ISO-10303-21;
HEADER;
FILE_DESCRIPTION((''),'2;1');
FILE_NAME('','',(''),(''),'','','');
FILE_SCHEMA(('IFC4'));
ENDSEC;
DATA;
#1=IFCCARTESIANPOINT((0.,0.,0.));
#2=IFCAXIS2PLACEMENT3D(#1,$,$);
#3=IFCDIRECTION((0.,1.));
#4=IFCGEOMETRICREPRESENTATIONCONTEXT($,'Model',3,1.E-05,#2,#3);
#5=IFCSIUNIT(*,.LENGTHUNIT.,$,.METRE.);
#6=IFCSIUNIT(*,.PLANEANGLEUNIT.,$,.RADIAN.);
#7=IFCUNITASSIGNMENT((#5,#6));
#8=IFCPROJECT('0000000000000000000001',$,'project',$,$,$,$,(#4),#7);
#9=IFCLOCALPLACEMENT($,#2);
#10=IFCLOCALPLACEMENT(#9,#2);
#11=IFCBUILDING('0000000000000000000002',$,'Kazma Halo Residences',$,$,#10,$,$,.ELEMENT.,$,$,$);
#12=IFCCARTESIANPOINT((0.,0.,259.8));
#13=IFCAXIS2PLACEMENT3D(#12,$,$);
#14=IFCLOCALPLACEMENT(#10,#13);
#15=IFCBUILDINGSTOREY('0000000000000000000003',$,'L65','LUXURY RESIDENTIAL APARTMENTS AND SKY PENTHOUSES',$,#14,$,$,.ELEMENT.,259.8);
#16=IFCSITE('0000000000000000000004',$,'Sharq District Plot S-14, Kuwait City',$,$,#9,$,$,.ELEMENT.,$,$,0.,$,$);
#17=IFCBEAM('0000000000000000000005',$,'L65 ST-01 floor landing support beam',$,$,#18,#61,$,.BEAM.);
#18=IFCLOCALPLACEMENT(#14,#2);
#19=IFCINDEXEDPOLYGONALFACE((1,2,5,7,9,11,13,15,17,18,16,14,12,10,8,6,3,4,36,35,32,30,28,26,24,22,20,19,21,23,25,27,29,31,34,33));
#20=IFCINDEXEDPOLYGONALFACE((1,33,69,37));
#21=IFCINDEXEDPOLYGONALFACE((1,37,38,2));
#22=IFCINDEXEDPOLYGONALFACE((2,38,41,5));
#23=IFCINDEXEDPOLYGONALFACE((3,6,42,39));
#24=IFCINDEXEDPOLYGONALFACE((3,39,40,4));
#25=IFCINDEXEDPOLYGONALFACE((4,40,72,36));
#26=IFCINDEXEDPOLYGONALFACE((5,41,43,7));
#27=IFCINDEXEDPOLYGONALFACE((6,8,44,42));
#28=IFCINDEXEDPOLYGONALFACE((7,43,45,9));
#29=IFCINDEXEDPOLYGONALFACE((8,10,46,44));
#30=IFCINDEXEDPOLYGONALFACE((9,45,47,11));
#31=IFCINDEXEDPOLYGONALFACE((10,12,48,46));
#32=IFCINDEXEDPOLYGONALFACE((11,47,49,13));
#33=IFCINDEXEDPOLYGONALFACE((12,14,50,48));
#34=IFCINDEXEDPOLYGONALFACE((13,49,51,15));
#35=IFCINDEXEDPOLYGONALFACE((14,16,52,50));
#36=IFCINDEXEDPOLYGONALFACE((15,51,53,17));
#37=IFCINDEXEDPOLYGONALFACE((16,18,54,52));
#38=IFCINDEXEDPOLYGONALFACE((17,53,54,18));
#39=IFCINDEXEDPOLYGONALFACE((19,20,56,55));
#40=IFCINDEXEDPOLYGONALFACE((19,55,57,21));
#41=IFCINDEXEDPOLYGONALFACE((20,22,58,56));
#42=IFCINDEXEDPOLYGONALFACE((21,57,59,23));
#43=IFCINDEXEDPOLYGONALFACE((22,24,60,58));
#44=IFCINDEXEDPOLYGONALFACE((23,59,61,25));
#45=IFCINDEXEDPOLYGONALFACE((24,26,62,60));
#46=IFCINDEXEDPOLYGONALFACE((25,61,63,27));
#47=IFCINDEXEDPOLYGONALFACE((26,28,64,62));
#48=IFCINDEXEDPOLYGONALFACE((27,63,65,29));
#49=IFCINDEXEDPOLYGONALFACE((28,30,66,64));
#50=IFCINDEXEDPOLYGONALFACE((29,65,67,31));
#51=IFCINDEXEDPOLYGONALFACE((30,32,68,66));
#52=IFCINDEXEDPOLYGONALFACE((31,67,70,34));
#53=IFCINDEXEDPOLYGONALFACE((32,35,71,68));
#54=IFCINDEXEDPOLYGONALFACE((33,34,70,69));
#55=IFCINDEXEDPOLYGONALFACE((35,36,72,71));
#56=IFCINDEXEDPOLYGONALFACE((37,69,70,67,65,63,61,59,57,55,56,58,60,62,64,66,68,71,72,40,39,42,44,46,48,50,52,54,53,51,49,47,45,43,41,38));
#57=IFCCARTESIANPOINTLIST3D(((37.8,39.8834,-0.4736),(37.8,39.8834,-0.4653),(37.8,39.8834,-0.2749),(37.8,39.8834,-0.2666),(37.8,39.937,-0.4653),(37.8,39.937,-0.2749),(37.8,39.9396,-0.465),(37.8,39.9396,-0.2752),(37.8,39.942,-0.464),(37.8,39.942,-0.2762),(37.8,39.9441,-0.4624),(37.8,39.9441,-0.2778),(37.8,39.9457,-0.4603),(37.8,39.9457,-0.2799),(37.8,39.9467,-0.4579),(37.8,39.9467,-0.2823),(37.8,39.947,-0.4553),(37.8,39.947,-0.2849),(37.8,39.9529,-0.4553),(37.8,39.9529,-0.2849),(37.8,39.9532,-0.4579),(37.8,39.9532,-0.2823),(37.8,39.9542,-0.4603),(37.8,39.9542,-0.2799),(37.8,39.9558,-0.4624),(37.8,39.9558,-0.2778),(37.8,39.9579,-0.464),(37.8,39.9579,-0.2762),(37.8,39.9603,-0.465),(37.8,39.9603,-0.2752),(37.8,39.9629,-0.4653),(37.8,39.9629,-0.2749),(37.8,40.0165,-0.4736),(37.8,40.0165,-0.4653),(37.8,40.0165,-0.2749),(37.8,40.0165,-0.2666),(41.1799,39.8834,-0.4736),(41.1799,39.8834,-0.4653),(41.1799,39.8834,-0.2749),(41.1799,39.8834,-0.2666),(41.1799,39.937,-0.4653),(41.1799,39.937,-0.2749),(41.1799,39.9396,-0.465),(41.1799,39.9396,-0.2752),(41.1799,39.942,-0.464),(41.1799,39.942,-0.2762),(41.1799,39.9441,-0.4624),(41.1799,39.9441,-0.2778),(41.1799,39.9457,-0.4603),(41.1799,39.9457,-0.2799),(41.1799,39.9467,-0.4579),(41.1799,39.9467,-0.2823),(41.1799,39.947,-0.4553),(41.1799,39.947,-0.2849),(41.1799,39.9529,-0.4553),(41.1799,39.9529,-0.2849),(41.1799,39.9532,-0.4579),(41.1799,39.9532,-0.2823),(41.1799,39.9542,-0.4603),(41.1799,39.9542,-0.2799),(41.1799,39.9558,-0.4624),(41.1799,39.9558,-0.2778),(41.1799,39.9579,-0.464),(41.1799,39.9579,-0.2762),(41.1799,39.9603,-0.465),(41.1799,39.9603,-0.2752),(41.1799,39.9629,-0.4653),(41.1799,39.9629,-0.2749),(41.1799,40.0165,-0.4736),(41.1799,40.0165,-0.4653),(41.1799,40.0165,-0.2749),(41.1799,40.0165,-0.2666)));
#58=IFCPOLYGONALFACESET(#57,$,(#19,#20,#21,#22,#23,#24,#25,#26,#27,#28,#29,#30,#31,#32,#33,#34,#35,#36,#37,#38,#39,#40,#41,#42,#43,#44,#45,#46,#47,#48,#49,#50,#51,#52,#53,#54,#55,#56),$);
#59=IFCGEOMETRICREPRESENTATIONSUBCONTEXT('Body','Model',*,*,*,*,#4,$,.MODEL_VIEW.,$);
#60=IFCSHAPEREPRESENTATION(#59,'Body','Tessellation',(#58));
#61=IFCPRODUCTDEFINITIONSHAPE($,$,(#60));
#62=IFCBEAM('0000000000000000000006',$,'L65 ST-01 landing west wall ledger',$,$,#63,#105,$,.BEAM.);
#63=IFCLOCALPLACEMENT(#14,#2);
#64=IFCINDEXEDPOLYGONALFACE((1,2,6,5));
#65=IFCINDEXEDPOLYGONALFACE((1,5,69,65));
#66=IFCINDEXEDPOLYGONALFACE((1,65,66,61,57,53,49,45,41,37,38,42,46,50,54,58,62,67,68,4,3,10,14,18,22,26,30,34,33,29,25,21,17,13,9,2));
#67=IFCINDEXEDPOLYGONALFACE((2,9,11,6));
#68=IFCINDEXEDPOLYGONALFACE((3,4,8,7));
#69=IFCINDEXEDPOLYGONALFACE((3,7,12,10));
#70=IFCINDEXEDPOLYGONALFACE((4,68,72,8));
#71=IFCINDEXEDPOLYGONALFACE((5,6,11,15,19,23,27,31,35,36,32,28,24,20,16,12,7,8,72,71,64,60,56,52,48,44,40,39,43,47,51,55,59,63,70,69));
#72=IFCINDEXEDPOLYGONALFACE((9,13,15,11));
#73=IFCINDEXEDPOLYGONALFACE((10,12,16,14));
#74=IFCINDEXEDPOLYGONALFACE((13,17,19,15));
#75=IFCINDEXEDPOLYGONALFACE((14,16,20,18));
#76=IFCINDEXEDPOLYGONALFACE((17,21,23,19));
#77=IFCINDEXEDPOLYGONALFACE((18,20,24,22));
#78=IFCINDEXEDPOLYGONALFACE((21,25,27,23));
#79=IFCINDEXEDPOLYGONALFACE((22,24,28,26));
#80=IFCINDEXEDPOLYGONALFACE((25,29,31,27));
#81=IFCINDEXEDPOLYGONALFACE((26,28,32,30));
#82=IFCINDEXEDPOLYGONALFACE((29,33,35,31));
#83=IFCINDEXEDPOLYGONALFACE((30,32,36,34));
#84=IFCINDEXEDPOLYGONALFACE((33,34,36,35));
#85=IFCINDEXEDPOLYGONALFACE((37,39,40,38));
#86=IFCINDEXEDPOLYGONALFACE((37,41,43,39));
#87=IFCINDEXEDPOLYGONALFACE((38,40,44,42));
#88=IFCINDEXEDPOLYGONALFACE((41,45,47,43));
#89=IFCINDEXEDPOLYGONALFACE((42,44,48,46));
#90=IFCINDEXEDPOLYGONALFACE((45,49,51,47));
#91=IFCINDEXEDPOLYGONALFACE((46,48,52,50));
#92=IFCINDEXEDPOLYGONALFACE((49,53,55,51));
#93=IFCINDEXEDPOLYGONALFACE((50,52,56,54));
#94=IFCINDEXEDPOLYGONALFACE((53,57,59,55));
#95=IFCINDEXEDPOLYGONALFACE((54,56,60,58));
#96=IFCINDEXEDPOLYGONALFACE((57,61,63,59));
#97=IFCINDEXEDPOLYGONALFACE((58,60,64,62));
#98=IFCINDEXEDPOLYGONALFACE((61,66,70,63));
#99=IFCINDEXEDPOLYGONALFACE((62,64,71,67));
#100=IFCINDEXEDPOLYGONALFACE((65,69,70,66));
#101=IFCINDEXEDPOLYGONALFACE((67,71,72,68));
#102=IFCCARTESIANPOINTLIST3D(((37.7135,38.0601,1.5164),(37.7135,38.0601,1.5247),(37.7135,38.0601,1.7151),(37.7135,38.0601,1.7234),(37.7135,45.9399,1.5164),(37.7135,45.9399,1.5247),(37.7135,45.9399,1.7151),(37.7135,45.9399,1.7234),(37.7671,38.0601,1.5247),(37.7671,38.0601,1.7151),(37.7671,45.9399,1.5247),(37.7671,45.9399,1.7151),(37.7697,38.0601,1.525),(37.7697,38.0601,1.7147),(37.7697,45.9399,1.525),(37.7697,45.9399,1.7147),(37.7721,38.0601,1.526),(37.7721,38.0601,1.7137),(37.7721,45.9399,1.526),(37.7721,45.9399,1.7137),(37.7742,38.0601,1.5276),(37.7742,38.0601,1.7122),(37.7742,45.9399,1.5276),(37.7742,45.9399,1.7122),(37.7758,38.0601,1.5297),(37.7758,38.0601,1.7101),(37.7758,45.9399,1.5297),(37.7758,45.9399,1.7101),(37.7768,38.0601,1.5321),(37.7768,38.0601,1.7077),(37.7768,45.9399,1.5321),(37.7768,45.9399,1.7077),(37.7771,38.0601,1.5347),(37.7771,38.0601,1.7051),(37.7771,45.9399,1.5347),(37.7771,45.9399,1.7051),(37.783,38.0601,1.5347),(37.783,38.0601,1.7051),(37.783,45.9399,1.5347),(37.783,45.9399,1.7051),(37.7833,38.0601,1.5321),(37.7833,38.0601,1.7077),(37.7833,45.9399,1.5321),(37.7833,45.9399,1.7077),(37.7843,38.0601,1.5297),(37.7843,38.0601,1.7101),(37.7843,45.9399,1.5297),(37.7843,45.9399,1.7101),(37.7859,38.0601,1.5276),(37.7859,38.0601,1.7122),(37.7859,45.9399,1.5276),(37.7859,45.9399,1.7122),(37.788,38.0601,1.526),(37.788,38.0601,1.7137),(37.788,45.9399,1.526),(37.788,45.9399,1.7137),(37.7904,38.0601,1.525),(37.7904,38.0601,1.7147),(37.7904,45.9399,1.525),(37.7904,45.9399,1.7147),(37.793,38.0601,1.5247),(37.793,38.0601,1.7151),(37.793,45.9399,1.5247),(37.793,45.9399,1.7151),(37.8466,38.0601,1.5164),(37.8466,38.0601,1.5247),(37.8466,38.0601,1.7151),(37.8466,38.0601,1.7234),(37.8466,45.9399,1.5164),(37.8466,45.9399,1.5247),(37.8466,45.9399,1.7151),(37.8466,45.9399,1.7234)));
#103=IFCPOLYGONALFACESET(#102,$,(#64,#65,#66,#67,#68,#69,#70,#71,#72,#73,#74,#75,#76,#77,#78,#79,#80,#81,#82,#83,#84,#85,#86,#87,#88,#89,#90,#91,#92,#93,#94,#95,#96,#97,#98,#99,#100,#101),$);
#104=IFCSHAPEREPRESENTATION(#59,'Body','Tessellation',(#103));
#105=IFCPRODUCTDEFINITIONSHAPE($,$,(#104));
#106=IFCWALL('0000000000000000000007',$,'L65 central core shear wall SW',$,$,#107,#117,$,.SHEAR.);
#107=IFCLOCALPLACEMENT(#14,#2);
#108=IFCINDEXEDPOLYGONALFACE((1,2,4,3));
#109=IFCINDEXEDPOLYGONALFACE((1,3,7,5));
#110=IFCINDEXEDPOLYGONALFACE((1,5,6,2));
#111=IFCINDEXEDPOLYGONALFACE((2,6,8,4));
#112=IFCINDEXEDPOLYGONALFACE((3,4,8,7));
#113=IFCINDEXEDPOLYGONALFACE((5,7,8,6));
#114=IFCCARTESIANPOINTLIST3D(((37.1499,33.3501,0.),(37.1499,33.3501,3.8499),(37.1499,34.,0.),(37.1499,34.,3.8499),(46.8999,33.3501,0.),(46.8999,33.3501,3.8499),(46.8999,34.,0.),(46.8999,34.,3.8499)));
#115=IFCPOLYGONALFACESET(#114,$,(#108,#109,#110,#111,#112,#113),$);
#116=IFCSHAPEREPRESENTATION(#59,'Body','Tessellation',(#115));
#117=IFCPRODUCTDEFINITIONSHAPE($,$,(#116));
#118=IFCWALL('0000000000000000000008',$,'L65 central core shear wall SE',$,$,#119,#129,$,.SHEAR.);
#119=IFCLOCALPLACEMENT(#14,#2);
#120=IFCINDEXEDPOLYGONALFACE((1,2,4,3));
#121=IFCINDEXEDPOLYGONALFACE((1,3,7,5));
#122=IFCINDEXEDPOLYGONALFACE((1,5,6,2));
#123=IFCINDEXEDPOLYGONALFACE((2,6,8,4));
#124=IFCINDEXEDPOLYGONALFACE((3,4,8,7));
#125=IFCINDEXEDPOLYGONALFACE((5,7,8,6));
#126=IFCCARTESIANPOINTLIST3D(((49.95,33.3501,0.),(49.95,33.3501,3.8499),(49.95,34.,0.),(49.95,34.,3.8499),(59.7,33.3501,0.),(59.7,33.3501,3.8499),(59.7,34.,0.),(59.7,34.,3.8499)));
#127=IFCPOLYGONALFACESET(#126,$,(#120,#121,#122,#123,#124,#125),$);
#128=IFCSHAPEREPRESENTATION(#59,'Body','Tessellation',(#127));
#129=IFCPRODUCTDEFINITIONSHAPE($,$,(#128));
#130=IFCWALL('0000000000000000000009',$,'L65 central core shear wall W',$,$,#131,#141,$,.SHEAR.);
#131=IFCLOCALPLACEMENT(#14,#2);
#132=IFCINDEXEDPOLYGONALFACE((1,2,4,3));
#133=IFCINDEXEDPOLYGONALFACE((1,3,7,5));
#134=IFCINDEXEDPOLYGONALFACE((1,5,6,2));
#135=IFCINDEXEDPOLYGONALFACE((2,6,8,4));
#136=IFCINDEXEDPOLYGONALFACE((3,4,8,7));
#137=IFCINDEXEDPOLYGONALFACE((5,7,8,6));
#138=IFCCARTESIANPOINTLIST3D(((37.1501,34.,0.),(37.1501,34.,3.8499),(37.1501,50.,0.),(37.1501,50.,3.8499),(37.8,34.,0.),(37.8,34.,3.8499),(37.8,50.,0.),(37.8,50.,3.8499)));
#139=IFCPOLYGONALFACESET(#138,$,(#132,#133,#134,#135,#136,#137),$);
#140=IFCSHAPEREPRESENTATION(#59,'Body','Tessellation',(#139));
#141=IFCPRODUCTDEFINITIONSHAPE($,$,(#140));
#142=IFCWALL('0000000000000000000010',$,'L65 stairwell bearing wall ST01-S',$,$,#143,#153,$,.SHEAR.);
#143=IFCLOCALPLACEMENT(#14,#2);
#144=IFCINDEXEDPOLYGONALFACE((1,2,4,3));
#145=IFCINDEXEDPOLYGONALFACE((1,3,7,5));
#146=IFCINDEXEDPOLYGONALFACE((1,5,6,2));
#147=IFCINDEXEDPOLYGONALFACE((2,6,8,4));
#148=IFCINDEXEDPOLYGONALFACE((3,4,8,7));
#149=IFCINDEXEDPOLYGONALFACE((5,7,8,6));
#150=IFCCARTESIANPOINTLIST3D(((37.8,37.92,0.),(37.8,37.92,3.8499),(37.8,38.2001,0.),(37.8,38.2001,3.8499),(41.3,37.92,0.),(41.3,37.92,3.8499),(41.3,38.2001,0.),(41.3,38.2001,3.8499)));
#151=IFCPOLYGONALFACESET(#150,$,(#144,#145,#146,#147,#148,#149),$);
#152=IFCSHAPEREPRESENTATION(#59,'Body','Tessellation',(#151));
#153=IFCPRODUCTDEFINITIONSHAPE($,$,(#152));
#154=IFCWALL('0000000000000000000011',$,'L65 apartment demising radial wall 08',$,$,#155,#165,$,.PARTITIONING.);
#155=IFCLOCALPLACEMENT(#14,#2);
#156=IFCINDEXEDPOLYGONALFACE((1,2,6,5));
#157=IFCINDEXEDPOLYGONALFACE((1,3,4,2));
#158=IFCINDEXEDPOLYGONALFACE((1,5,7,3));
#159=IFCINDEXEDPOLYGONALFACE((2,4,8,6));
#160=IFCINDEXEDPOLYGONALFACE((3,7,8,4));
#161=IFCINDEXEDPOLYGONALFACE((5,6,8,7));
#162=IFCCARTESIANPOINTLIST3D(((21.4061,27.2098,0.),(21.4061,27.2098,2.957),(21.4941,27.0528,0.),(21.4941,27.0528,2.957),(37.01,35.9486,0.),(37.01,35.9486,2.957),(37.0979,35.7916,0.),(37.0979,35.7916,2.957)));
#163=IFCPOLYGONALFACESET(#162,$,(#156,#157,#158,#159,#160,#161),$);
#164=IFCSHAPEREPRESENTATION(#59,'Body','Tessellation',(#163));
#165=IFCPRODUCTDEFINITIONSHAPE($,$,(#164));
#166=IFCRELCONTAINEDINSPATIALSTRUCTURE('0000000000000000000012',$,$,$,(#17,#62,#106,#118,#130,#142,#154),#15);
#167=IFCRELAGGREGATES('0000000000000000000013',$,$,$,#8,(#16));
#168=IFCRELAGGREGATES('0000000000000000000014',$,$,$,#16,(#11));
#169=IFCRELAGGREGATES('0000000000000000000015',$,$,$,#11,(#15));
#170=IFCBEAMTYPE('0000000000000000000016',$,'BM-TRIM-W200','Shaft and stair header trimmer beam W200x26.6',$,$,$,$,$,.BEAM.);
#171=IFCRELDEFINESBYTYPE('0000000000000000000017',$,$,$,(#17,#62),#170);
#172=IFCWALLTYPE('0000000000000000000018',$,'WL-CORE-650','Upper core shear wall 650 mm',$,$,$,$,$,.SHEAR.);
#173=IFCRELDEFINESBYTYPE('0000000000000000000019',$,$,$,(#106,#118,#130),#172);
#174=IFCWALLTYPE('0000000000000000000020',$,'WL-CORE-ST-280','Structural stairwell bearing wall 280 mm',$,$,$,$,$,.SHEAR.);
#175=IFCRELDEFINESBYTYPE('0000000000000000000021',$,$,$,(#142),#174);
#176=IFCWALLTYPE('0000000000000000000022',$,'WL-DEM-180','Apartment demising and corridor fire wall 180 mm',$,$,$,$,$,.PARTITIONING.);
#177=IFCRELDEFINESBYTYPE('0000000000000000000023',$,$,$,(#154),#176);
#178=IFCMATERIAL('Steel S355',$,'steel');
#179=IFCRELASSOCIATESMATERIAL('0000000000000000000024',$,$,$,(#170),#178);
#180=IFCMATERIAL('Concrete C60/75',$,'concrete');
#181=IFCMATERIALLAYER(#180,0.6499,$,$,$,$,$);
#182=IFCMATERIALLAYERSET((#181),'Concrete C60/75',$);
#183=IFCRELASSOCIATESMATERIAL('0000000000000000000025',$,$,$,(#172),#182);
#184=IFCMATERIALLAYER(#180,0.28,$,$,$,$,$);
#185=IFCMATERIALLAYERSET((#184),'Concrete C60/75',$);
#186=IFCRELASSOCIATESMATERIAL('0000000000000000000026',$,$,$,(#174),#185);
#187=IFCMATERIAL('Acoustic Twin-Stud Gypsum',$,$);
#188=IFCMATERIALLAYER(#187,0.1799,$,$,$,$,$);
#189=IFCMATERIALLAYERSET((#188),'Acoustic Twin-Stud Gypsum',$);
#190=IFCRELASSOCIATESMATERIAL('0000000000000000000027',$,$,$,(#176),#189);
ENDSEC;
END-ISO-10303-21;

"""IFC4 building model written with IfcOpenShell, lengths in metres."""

from ifc_helpers import new_model, si_unit, direction, frame, frame_2d, origin, origin_2d, place, context, subcontext, project, spatial, rectangle, i_section, extrude, material, layer, layer_set, material_profile, profile_set, type_object, element, save


model = new_model("IFC4")

# Units and contexts
model_context = context("Model", 3, precision=1e-05, world=origin(), true_north=direction((0.0, 1.0)))
body_context = subcontext(model_context, "Body", "Model", "MODEL_VIEW")
ifc_project = project(units=[si_unit("LENGTHUNIT", "METRE"), si_unit("PLANEANGLEUNIT", "RADIAN")], contexts=[model_context])

# Site, building, storey
site_placement = place(None, origin())
site = spatial("IfcSite", under=ifc_project, at=site_placement, Name="Sharq District Plot S-14, Kuwait City", CompositionType="ELEMENT", RefElevation=0.0)
building_placement = place(site_placement, origin())
building = spatial("IfcBuilding", under=site, at=building_placement, Name="Kazma Halo Residences", CompositionType="ELEMENT")
storey_placement = place(building_placement, frame((0.0, 0.0, 259.8)))
storey = spatial("IfcBuildingStorey", under=building, at=storey_placement, Name="L65", Description="LUXURY RESIDENTIAL APARTMENTS AND SKY PENTHOUSES", CompositionType="ELEMENT", Elevation=259.8)

# Beams
ifc_material_1 = material(Name="Steel S355", Category="steel")
ifc_material_profile_1 = material_profile(ifc_material_1, i_section(OverallWidth=0.1331, OverallDepth=0.207, WebThickness=0.0059, FlangeThickness=0.0083, FilletRadius=0.01, at=origin_2d()), Name="W200x26.6")
ifc_profile_set_1 = profile_set([ifc_material_profile_1], Name="Steel S355")
beam_type_1 = type_object("IfcBeamType", Name="BM-TRIM-W200", Description="Shaft and stair header trimmer beam W200x26.6", PredefinedType="BEAM", material=ifc_profile_set_1)
beam_1_placement = place(storey_placement, frame((37.8, 39.95, -0.3701), z_axis=(1.0, 0.0, 0.0), x_axis=(0.0, 1.0, 0.0)))
element("IfcBeam", 1, at=beam_1_placement, inside=storey, type_object=beam_type_1, Name="L65 ST-01 floor landing support beam", PredefinedType="BEAM", context=body_context, shape_type="SweptSolid", body=[
    extrude(i_section(OverallWidth=0.1331, OverallDepth=0.207, WebThickness=0.0059, FlangeThickness=0.0083, FilletRadius=0.01, at=origin_2d()), origin(), (0.0, 0.0, 1.0), 3.3799),
])
beam_2_placement = place(storey_placement, frame((37.78, 38.0601, 1.6199), z_axis=(0.0, 1.0, 0.0), x_axis=(-1.0, 0.0, 0.0)))
element("IfcBeam", 2, at=beam_2_placement, inside=storey, type_object=beam_type_1, Name="L65 ST-01 landing west wall ledger", PredefinedType="BEAM", context=body_context, shape_type="SweptSolid", body=[
    extrude(i_section(OverallWidth=0.1331, OverallDepth=0.207, WebThickness=0.0059, FlangeThickness=0.0083, FilletRadius=0.01, at=origin_2d()), origin(), (0.0, 0.0, 1.0), 7.8799),
])

# Walls
ifc_material_2 = material(Name="Concrete C60/75", Category="concrete")
ifc_layer_1 = layer(ifc_material_2, 0.6499)
ifc_layer_set_1 = layer_set([ifc_layer_1], Name="Concrete C60/75")
wall_type_1 = type_object("IfcWallType", Name="WL-CORE-650", Description="Upper core shear wall 650 mm", PredefinedType="SHEAR", material=ifc_layer_set_1)
for number, where, z_axis, x_axis, name in (
    (3, (37.1499, 33.675, 0.0), (0.0, 0.0, 1.0), (1.0, 0.0, 0.0), "L65 central core shear wall SW"),
    (4, (49.95, 33.675, 0.0), (0.0, 0.0, 1.0), (1.0, 0.0, 0.0), "L65 central core shear wall SE"),
):
    element("IfcWall", number, at=place(storey_placement, frame(where, z_axis=z_axis, x_axis=x_axis)), inside=storey, type_object=wall_type_1, Name=name, PredefinedType="SHEAR", context=body_context, shape_type="SweptSolid", body=[
        extrude(rectangle(XDim=9.75, YDim=0.6499, at=frame_2d((4.875, 0.0))), origin(), (0.0, 0.0, 1.0), 3.8499),
    ])
wall_1_placement = place(storey_placement, frame((37.4751, 34.0, 0.0), z_axis=(0.0, 0.0, 1.0), x_axis=(0.0, 1.0, 0.0)))
element("IfcWall", 5, at=wall_1_placement, inside=storey, type_object=wall_type_1, Name="L65 central core shear wall W", PredefinedType="SHEAR", context=body_context, shape_type="SweptSolid", body=[
    extrude(rectangle(XDim=16.0, YDim=0.6499, at=frame_2d((8.0, 0.0))), origin(), (0.0, 0.0, 1.0), 3.8499),
])
ifc_layer_2 = layer(ifc_material_2, 0.28)
ifc_layer_set_2 = layer_set([ifc_layer_2], Name="Concrete C60/75")
wall_type_2 = type_object("IfcWallType", Name="WL-CORE-ST-280", Description="Structural stairwell bearing wall 280 mm", PredefinedType="SHEAR", material=ifc_layer_set_2)
wall_2_placement = place(storey_placement, frame((37.8, 38.0601, 0.0), z_axis=(0.0, 0.0, 1.0), x_axis=(1.0, 0.0, 0.0)))
element("IfcWall", 6, at=wall_2_placement, inside=storey, type_object=wall_type_2, Name="L65 stairwell bearing wall ST01-S", PredefinedType="SHEAR", context=body_context, shape_type="SweptSolid", body=[
    extrude(rectangle(XDim=3.5, YDim=0.28, at=frame_2d((1.75, 0.0))), origin(), (0.0, 0.0, 1.0), 3.8499),
])
ifc_material_3 = material(Name="Acoustic Twin-Stud Gypsum")
ifc_layer_3 = layer(ifc_material_3, 0.1799)
ifc_layer_set_3 = layer_set([ifc_layer_3], Name="Acoustic Twin-Stud Gypsum")
wall_type_3 = type_object("IfcWallType", Name="WL-DEM-180", Description="Apartment demising and corridor fire wall 180 mm", PredefinedType="PARTITIONING", material=ifc_layer_set_3)
wall_3_placement = place(storey_placement, frame((37.054, 35.8701, 0.0), z_axis=(0.0, 0.0, 1.0), x_axis=(-0.87249, -0.488632, 0.0)))
element("IfcWall", 7, at=wall_3_placement, inside=storey, type_object=wall_type_3, Name="L65 apartment demising radial wall 08", PredefinedType="PARTITIONING", context=body_context, shape_type="SweptSolid", body=[
    extrude(rectangle(XDim=17.8843, YDim=0.1799, at=frame_2d((8.9421, 0.0))), origin(), (0.0, 0.0, 1.0), 2.957),
])

save(model, "model.ifc")
